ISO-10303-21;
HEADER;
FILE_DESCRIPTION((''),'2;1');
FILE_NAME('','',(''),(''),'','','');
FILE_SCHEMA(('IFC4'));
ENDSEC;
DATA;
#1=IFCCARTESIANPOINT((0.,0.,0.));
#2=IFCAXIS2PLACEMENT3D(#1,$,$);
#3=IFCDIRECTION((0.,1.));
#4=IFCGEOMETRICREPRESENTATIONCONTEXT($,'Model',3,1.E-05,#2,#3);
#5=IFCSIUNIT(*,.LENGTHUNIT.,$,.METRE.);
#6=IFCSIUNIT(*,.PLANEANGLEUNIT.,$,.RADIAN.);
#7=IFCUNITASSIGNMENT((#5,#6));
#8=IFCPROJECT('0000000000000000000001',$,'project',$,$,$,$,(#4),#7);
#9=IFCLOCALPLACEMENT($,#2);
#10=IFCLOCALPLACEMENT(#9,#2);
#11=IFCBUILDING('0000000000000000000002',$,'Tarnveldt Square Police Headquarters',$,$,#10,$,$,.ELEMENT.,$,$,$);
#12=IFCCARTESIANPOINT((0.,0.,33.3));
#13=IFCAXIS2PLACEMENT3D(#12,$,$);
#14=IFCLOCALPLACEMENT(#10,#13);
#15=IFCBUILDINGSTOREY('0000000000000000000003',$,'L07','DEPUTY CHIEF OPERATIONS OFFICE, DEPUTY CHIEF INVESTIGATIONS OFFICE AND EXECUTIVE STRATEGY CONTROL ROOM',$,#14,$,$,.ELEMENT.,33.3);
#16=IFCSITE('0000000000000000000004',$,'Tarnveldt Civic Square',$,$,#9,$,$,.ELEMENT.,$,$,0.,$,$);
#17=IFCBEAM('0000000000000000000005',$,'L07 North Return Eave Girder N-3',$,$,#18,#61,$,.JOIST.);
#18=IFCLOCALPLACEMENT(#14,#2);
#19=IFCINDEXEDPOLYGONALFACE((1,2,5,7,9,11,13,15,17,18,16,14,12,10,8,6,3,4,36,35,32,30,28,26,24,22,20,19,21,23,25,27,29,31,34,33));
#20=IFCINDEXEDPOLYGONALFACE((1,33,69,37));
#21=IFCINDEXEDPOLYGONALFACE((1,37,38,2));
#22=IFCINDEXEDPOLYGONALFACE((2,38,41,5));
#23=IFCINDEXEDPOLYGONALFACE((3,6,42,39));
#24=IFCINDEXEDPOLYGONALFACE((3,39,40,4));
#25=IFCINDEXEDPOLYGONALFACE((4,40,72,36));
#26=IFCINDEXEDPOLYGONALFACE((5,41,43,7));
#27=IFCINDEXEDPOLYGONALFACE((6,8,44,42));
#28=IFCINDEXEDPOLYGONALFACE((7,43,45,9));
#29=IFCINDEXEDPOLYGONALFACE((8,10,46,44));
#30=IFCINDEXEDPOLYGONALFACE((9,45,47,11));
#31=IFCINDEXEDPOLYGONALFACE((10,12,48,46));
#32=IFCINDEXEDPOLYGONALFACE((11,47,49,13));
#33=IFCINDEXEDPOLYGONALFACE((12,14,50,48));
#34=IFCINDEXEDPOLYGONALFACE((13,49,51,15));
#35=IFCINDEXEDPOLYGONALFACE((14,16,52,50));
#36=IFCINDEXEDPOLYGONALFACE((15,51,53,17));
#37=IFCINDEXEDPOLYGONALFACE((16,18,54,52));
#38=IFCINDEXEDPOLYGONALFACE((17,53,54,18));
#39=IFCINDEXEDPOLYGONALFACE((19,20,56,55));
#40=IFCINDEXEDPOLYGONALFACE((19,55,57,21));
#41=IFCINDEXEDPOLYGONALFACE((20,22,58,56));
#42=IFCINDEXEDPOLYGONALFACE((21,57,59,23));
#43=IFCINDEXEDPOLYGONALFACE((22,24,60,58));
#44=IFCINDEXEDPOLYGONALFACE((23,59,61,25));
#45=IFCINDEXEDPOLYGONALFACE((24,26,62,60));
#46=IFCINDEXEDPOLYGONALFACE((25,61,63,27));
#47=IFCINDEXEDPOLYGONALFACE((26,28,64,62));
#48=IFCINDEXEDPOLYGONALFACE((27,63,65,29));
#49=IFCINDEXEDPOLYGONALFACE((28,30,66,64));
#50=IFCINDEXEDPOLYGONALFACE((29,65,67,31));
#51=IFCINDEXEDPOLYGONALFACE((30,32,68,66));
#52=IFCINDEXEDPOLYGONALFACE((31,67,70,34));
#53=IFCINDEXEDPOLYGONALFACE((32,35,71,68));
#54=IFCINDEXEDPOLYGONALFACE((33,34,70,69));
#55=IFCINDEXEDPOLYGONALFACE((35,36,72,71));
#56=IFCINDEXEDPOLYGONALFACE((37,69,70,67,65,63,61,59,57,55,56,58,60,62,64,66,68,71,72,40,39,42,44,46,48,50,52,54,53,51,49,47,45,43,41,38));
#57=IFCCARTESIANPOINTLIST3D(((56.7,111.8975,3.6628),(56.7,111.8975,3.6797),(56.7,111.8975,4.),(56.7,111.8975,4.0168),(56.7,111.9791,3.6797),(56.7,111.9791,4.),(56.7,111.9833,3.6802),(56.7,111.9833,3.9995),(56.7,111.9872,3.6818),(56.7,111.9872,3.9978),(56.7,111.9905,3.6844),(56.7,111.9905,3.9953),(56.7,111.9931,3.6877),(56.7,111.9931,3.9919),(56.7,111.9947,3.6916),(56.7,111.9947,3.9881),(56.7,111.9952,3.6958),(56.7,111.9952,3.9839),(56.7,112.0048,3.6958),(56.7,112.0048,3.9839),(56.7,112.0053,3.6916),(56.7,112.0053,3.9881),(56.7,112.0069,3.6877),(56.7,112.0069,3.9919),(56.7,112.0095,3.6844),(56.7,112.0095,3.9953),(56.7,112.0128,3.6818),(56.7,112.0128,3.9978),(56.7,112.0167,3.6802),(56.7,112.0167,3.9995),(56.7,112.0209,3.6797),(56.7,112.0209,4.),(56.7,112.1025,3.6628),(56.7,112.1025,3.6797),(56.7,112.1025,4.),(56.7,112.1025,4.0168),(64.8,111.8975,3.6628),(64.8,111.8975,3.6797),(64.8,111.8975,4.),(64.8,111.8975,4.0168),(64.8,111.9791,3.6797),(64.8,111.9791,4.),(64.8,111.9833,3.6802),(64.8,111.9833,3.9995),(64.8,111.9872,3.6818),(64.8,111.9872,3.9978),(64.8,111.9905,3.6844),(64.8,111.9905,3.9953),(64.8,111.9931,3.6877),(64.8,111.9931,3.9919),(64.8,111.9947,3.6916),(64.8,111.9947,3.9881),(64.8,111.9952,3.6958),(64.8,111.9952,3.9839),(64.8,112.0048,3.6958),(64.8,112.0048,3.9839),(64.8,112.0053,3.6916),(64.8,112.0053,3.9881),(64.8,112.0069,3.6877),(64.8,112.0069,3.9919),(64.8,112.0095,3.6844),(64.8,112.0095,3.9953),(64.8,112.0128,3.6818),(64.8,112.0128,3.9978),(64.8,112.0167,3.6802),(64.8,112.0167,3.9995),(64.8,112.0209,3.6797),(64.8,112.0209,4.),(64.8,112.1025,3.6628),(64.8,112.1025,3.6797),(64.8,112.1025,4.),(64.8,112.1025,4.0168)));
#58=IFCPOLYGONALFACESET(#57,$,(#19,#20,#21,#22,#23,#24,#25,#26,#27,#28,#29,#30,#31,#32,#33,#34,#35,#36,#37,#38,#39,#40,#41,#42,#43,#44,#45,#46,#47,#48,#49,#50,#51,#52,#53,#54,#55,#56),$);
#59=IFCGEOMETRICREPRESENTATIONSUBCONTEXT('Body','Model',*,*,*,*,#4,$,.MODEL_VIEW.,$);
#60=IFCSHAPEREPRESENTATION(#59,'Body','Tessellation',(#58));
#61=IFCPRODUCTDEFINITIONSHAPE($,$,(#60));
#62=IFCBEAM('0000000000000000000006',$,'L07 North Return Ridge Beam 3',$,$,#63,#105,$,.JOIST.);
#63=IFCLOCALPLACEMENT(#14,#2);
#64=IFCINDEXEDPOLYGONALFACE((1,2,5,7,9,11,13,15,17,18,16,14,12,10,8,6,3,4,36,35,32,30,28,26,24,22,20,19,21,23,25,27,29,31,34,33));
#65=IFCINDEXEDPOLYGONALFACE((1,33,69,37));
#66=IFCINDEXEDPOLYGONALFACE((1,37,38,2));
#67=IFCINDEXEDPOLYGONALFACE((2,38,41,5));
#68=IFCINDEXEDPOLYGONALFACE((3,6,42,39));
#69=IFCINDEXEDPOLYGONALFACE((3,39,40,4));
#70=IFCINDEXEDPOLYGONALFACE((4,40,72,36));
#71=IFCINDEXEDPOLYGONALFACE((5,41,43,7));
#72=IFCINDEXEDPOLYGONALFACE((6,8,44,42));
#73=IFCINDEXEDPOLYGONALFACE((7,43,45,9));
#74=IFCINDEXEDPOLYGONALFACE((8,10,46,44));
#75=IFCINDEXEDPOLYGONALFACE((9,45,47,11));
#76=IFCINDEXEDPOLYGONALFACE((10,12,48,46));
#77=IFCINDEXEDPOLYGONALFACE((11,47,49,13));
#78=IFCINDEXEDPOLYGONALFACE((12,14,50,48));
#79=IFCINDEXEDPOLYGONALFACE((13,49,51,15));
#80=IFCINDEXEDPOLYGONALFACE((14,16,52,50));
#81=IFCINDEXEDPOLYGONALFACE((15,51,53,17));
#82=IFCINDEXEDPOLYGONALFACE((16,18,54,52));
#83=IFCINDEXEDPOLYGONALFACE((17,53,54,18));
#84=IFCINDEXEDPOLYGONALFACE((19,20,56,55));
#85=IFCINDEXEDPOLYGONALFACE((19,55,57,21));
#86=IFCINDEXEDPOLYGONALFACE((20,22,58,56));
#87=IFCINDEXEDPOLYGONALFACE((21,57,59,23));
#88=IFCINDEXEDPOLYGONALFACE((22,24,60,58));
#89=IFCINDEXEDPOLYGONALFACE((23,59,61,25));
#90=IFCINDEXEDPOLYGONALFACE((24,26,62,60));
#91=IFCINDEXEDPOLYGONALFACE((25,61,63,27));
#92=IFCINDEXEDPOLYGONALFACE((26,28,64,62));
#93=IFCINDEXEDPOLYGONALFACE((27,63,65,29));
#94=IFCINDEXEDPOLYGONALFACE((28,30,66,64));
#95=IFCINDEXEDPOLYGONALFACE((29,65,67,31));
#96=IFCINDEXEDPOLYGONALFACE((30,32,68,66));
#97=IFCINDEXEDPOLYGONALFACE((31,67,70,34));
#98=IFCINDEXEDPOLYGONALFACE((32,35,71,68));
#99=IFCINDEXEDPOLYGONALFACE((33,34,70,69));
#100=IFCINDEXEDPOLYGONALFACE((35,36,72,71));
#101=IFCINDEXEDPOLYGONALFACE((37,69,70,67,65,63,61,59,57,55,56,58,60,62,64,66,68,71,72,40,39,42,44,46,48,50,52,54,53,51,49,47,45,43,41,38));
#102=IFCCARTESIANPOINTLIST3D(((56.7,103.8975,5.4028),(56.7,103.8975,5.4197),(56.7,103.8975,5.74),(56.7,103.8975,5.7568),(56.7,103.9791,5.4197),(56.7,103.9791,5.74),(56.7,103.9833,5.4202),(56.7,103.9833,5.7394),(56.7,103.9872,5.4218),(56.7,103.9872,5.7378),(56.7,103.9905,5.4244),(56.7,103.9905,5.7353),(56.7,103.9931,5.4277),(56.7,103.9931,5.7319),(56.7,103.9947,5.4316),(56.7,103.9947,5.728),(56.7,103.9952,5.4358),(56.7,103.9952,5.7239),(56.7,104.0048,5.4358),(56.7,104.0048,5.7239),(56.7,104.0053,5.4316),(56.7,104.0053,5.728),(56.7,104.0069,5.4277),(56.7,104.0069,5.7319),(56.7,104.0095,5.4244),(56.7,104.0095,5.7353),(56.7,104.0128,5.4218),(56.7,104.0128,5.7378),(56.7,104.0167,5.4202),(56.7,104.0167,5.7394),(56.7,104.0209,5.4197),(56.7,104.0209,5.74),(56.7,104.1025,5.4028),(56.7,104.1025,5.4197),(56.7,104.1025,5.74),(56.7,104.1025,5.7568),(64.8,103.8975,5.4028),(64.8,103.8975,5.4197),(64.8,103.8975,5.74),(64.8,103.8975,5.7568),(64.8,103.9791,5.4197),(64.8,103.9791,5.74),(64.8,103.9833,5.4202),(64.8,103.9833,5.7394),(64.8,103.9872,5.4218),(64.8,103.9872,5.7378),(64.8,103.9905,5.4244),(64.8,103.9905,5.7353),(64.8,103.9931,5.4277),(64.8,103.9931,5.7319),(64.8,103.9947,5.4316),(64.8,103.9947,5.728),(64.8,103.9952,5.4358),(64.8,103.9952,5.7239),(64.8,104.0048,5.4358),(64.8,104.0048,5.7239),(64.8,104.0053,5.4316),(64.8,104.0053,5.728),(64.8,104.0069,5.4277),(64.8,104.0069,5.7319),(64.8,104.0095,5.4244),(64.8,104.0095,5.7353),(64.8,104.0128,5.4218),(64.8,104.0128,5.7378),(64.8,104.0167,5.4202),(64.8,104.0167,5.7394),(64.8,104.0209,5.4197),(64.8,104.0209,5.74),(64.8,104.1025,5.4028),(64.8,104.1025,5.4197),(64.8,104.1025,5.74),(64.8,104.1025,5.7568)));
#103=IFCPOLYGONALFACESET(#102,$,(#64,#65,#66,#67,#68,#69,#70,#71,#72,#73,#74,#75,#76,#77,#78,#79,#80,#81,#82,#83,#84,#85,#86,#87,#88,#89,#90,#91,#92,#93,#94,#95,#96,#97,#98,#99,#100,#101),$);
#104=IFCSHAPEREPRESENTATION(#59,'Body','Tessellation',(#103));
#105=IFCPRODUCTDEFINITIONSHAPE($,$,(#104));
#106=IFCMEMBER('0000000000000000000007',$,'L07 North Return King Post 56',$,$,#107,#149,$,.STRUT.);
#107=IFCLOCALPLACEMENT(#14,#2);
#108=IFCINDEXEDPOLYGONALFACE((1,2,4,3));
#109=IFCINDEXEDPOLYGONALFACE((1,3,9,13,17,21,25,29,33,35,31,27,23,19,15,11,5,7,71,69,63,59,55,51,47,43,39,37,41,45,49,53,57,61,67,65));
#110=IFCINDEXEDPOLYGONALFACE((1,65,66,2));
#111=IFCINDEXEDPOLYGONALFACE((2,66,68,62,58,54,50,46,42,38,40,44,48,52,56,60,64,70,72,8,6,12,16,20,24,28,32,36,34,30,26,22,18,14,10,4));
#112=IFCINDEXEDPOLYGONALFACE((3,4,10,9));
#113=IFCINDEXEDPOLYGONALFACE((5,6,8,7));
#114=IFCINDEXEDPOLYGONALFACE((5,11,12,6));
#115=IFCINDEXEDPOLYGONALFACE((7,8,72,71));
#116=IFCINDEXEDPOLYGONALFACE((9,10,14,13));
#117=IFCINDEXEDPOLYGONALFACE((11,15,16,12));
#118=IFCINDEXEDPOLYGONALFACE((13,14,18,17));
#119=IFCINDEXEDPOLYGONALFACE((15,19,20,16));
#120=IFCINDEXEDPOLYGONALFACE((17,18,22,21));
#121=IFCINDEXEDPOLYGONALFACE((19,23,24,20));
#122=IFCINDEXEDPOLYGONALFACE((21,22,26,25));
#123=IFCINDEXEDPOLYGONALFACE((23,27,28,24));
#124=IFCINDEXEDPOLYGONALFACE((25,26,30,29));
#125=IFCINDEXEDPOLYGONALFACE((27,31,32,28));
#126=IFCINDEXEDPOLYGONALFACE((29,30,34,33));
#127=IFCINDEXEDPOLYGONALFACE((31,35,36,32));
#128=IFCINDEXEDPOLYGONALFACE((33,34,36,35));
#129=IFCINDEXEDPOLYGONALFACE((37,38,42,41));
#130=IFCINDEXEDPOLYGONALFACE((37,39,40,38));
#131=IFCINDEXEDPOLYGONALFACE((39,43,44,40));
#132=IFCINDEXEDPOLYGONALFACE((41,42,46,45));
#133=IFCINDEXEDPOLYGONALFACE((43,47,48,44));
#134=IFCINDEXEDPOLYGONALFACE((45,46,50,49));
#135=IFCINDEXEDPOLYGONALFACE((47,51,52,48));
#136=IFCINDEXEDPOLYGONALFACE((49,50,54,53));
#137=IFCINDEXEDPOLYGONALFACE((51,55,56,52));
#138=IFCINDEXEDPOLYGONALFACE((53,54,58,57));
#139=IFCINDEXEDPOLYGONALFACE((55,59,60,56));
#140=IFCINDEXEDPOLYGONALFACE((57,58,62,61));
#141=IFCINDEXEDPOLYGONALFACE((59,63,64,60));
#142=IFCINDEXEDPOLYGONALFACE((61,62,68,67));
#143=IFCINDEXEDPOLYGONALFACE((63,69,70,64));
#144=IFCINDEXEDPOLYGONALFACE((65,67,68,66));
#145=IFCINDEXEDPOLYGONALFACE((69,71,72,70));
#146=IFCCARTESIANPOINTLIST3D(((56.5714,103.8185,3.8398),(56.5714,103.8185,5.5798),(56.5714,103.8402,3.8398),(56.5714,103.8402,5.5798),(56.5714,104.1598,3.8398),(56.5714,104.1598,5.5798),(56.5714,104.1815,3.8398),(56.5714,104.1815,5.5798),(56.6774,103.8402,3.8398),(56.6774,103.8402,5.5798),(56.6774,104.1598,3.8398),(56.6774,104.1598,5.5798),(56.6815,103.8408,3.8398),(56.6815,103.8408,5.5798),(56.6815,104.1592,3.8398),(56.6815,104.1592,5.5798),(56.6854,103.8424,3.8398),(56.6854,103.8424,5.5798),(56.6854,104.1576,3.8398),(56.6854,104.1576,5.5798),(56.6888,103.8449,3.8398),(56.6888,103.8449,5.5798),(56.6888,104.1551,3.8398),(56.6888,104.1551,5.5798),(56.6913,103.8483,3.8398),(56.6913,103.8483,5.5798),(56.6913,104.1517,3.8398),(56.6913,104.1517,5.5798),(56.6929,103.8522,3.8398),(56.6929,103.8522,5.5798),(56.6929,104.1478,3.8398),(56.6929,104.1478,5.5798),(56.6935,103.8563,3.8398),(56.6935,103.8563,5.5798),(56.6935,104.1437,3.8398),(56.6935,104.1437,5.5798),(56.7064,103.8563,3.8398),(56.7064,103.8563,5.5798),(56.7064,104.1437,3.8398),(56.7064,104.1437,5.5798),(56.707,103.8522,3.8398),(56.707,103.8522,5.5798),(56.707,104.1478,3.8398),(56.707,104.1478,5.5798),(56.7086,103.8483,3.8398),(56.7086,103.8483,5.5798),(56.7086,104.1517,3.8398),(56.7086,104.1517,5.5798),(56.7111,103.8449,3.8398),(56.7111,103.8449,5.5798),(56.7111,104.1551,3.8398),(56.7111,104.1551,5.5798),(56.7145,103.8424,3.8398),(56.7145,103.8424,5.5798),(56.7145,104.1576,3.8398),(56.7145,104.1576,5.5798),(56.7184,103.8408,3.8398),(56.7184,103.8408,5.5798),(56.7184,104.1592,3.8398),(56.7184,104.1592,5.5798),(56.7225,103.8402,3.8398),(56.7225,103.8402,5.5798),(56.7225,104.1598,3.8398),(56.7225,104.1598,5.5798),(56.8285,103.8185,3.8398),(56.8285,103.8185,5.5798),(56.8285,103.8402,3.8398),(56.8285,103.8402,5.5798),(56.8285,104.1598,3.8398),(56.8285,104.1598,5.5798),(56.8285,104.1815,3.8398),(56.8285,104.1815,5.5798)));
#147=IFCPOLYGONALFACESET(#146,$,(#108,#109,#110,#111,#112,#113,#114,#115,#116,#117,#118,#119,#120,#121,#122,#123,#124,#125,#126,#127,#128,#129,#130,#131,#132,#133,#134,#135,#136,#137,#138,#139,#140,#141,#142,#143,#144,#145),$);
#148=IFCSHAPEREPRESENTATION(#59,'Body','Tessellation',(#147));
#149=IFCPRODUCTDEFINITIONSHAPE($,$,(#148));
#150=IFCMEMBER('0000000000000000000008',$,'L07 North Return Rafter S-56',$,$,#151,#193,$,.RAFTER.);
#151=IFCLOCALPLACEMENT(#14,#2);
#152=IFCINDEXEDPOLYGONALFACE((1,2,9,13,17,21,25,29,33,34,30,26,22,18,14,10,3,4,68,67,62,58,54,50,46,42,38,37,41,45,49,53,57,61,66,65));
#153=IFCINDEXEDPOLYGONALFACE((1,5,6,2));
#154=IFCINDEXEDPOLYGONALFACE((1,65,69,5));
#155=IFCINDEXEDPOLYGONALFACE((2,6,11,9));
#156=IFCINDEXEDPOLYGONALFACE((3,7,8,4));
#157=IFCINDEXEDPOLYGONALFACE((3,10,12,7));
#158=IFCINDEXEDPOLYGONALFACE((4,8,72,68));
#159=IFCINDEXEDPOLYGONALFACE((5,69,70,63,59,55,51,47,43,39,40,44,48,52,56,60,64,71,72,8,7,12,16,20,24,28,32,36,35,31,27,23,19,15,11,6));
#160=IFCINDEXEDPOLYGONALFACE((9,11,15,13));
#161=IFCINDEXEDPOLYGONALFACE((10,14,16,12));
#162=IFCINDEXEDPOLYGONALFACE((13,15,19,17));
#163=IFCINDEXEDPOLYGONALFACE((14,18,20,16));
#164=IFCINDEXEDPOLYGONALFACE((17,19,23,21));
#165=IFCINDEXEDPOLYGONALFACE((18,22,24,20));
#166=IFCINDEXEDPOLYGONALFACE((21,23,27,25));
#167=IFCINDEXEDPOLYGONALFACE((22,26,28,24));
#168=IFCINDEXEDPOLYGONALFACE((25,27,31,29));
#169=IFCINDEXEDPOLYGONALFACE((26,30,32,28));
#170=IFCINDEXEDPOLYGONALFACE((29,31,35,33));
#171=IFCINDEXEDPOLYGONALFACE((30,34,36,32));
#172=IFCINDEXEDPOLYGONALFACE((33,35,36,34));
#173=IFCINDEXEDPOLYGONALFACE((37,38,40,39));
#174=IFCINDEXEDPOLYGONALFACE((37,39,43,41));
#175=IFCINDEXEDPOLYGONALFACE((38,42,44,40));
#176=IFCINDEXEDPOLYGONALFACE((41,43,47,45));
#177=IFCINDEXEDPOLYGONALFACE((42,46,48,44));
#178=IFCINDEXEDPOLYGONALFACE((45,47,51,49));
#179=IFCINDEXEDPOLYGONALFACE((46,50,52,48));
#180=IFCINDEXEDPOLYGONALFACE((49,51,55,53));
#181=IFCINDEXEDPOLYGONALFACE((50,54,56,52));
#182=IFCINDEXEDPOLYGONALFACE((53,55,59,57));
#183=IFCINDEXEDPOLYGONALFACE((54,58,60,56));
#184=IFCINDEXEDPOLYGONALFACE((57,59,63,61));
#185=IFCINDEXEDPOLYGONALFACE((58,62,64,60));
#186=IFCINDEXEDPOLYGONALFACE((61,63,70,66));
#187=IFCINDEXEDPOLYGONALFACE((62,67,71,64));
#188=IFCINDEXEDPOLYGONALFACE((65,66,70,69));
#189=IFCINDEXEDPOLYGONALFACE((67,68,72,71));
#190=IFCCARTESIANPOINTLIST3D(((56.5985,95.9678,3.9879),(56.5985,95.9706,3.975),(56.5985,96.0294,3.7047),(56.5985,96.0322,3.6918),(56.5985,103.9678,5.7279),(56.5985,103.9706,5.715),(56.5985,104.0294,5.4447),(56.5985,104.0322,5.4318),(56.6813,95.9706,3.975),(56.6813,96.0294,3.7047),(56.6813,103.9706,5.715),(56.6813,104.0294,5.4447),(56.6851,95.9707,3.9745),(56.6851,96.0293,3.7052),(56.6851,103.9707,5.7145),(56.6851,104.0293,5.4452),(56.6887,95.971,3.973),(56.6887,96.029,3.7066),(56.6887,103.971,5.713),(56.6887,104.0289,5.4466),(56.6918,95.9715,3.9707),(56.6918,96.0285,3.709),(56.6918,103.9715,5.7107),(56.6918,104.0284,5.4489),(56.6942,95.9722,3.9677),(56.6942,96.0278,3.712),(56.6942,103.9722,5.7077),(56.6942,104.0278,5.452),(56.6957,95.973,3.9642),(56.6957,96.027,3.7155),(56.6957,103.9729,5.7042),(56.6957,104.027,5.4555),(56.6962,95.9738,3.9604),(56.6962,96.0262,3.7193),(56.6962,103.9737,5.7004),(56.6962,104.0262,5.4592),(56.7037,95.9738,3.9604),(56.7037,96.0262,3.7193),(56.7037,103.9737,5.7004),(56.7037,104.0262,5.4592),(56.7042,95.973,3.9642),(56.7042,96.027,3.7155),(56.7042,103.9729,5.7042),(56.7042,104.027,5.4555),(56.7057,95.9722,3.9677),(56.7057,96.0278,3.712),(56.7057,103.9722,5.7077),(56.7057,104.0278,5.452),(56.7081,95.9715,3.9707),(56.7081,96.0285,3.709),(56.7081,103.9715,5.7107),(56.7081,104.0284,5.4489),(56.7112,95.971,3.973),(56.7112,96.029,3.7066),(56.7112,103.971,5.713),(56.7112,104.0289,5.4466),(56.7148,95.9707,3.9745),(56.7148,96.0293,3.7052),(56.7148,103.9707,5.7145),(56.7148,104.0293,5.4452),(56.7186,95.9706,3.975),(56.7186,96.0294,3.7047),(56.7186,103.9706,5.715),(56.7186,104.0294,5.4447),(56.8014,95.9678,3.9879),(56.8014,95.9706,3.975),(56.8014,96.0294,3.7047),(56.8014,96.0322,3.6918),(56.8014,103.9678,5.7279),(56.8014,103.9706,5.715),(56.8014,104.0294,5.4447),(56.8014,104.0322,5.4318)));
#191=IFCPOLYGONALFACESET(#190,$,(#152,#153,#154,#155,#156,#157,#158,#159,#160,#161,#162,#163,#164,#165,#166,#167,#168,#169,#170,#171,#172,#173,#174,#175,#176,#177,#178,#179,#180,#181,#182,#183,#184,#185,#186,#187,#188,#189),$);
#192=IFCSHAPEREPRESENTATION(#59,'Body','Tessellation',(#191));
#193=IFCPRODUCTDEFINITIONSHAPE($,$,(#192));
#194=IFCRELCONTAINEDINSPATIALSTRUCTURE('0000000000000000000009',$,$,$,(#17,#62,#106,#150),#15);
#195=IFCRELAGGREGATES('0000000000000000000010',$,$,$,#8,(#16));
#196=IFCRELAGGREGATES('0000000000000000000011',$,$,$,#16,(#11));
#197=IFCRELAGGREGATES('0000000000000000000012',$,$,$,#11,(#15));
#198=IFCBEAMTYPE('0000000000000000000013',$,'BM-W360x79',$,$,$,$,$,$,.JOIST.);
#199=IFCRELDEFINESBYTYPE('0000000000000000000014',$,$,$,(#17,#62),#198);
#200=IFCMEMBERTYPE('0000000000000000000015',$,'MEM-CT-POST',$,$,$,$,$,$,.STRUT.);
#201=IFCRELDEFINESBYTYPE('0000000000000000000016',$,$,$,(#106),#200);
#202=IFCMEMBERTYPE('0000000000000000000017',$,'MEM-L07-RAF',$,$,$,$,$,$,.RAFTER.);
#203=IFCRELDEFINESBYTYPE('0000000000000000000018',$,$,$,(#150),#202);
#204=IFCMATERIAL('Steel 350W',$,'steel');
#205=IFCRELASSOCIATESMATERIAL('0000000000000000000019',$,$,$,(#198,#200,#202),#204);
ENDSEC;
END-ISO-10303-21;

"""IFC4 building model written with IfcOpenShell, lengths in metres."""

from ifc_helpers import new_model, si_unit, direction, frame, origin, origin_2d, place, context, subcontext, project, spatial, i_section, extrude, material, material_profile, profile_set, type_object, element, save


model = new_model("IFC4")

# Units and contexts
model_context = context("Model", 3, precision=1e-05, world=origin(), true_north=direction((0.0, 1.0)))
body_context = subcontext(model_context, "Body", "Model", "MODEL_VIEW")
ifc_project = project(units=[si_unit("LENGTHUNIT", "METRE"), si_unit("PLANEANGLEUNIT", "RADIAN")], contexts=[model_context])

# Site, building, storey
site_placement = place(None, origin())
site = spatial("IfcSite", under=ifc_project, at=site_placement, Name="Tarnveldt Civic Square", CompositionType="ELEMENT", RefElevation=0.0)
building_placement = place(site_placement, origin())
building = spatial("IfcBuilding", under=site, at=building_placement, Name="Tarnveldt Square Police Headquarters", CompositionType="ELEMENT")
storey_placement = place(building_placement, frame((0.0, 0.0, 33.3)))
storey = spatial("IfcBuildingStorey", under=building, at=storey_placement, Name="L07", Description="DEPUTY CHIEF OPERATIONS OFFICE, DEPUTY CHIEF INVESTIGATIONS OFFICE AND EXECUTIVE STRATEGY CONTROL ROOM", CompositionType="ELEMENT", Elevation=33.3)

# Shared definitions
ifc_material_1 = material(Name="Steel 350W", Category="steel")

# Beams
ifc_material_profile_1 = material_profile(ifc_material_1, i_section(OverallWidth=0.2051, OverallDepth=0.354, WebThickness=0.0095, FlangeThickness=0.0168, FilletRadius=0.0161, at=origin_2d()), Name="W360x79")
ifc_profile_set_1 = profile_set([ifc_material_profile_1], Name="Steel 350W")
beam_type = type_object("IfcBeamType", Name="BM-W360x79", PredefinedType="JOIST", material=ifc_profile_set_1)
for number, where, z_axis, x_axis, name in (
    (1, (56.7, 112.0, 3.8398), (1.0, 0.0, 0.0), (0.0, 1.0, 0.0), "L07 North Return Eave Girder N-3"),
    (2, (56.7, 104.0, 5.5798), (1.0, 0.0, 0.0), (0.0, 1.0, 0.0), "L07 North Return Ridge Beam 3"),
):
    element("IfcBeam", number, at=place(storey_placement, frame(where, z_axis=z_axis, x_axis=x_axis)), inside=storey, type_object=beam_type, Name=name, PredefinedType="JOIST", context=body_context, shape_type="SweptSolid", body=[
        extrude(i_section(OverallWidth=0.2051, OverallDepth=0.354, WebThickness=0.0095, FlangeThickness=0.0168, FilletRadius=0.0161, at=origin_2d()), origin(), (0.0, 0.0, 1.0), 8.1001),
    ])

# Members
ifc_material_profile_2 = material_profile(ifc_material_1, i_section(OverallWidth=0.2571, OverallDepth=0.363, WebThickness=0.0129, FlangeThickness=0.0217, FilletRadius=0.0161, at=origin_2d()), Name="W360x122")
ifc_profile_set_2 = profile_set([ifc_material_profile_2], Name="Steel 350W")
member_type_1 = type_object("IfcMemberType", Name="MEM-CT-POST", PredefinedType="STRUT", material=ifc_profile_set_2)
member_1_placement = place(storey_placement, frame((56.7, 104.0, 3.8398), z_axis=(0.0, 0.0, 1.0), x_axis=(1.0, 0.0, 0.0)))
element("IfcMember", 3, at=member_1_placement, inside=storey, type_object=member_type_1, Name="L07 North Return King Post 56", PredefinedType="STRUT", context=body_context, shape_type="SweptSolid", body=[
    extrude(i_section(OverallWidth=0.2571, OverallDepth=0.363, WebThickness=0.0129, FlangeThickness=0.0217, FilletRadius=0.0161, at=origin_2d()), origin(), (0.0, 0.0, 1.0), 1.74),
])
ifc_material_profile_3 = material_profile(ifc_material_1, i_section(OverallWidth=0.2029, OverallDepth=0.303, WebThickness=0.0076, FlangeThickness=0.0132, FilletRadius=0.0149, at=origin_2d()), Name="W310x60")
ifc_profile_set_3 = profile_set([ifc_material_profile_3], Name="Steel 350W")
member_type_2 = type_object("IfcMemberType", Name="MEM-L07-RAF", PredefinedType="RAFTER", material=ifc_profile_set_3)
for number, where, z_axis, x_axis, name in (
    (4, (56.7, 96.0, 3.8398), (0.0, 0.977155, 0.21253), (-1.0, 0.0, 0.0), "L07 North Return Rafter S-56"),
):
    element("IfcMember", number, at=place(storey_placement, frame(where, z_axis=z_axis, x_axis=x_axis)), inside=storey, type_object=member_type_2, Name=name, PredefinedType="RAFTER", context=body_context, shape_type="SweptSolid", body=[
        extrude(i_section(OverallWidth=0.2029, OverallDepth=0.303, WebThickness=0.0076, FlangeThickness=0.0132, FilletRadius=0.0149, at=origin_2d()), origin(), (0.0, 0.0, 1.0), 8.187),
    ])

save(model, "model.ifc")
